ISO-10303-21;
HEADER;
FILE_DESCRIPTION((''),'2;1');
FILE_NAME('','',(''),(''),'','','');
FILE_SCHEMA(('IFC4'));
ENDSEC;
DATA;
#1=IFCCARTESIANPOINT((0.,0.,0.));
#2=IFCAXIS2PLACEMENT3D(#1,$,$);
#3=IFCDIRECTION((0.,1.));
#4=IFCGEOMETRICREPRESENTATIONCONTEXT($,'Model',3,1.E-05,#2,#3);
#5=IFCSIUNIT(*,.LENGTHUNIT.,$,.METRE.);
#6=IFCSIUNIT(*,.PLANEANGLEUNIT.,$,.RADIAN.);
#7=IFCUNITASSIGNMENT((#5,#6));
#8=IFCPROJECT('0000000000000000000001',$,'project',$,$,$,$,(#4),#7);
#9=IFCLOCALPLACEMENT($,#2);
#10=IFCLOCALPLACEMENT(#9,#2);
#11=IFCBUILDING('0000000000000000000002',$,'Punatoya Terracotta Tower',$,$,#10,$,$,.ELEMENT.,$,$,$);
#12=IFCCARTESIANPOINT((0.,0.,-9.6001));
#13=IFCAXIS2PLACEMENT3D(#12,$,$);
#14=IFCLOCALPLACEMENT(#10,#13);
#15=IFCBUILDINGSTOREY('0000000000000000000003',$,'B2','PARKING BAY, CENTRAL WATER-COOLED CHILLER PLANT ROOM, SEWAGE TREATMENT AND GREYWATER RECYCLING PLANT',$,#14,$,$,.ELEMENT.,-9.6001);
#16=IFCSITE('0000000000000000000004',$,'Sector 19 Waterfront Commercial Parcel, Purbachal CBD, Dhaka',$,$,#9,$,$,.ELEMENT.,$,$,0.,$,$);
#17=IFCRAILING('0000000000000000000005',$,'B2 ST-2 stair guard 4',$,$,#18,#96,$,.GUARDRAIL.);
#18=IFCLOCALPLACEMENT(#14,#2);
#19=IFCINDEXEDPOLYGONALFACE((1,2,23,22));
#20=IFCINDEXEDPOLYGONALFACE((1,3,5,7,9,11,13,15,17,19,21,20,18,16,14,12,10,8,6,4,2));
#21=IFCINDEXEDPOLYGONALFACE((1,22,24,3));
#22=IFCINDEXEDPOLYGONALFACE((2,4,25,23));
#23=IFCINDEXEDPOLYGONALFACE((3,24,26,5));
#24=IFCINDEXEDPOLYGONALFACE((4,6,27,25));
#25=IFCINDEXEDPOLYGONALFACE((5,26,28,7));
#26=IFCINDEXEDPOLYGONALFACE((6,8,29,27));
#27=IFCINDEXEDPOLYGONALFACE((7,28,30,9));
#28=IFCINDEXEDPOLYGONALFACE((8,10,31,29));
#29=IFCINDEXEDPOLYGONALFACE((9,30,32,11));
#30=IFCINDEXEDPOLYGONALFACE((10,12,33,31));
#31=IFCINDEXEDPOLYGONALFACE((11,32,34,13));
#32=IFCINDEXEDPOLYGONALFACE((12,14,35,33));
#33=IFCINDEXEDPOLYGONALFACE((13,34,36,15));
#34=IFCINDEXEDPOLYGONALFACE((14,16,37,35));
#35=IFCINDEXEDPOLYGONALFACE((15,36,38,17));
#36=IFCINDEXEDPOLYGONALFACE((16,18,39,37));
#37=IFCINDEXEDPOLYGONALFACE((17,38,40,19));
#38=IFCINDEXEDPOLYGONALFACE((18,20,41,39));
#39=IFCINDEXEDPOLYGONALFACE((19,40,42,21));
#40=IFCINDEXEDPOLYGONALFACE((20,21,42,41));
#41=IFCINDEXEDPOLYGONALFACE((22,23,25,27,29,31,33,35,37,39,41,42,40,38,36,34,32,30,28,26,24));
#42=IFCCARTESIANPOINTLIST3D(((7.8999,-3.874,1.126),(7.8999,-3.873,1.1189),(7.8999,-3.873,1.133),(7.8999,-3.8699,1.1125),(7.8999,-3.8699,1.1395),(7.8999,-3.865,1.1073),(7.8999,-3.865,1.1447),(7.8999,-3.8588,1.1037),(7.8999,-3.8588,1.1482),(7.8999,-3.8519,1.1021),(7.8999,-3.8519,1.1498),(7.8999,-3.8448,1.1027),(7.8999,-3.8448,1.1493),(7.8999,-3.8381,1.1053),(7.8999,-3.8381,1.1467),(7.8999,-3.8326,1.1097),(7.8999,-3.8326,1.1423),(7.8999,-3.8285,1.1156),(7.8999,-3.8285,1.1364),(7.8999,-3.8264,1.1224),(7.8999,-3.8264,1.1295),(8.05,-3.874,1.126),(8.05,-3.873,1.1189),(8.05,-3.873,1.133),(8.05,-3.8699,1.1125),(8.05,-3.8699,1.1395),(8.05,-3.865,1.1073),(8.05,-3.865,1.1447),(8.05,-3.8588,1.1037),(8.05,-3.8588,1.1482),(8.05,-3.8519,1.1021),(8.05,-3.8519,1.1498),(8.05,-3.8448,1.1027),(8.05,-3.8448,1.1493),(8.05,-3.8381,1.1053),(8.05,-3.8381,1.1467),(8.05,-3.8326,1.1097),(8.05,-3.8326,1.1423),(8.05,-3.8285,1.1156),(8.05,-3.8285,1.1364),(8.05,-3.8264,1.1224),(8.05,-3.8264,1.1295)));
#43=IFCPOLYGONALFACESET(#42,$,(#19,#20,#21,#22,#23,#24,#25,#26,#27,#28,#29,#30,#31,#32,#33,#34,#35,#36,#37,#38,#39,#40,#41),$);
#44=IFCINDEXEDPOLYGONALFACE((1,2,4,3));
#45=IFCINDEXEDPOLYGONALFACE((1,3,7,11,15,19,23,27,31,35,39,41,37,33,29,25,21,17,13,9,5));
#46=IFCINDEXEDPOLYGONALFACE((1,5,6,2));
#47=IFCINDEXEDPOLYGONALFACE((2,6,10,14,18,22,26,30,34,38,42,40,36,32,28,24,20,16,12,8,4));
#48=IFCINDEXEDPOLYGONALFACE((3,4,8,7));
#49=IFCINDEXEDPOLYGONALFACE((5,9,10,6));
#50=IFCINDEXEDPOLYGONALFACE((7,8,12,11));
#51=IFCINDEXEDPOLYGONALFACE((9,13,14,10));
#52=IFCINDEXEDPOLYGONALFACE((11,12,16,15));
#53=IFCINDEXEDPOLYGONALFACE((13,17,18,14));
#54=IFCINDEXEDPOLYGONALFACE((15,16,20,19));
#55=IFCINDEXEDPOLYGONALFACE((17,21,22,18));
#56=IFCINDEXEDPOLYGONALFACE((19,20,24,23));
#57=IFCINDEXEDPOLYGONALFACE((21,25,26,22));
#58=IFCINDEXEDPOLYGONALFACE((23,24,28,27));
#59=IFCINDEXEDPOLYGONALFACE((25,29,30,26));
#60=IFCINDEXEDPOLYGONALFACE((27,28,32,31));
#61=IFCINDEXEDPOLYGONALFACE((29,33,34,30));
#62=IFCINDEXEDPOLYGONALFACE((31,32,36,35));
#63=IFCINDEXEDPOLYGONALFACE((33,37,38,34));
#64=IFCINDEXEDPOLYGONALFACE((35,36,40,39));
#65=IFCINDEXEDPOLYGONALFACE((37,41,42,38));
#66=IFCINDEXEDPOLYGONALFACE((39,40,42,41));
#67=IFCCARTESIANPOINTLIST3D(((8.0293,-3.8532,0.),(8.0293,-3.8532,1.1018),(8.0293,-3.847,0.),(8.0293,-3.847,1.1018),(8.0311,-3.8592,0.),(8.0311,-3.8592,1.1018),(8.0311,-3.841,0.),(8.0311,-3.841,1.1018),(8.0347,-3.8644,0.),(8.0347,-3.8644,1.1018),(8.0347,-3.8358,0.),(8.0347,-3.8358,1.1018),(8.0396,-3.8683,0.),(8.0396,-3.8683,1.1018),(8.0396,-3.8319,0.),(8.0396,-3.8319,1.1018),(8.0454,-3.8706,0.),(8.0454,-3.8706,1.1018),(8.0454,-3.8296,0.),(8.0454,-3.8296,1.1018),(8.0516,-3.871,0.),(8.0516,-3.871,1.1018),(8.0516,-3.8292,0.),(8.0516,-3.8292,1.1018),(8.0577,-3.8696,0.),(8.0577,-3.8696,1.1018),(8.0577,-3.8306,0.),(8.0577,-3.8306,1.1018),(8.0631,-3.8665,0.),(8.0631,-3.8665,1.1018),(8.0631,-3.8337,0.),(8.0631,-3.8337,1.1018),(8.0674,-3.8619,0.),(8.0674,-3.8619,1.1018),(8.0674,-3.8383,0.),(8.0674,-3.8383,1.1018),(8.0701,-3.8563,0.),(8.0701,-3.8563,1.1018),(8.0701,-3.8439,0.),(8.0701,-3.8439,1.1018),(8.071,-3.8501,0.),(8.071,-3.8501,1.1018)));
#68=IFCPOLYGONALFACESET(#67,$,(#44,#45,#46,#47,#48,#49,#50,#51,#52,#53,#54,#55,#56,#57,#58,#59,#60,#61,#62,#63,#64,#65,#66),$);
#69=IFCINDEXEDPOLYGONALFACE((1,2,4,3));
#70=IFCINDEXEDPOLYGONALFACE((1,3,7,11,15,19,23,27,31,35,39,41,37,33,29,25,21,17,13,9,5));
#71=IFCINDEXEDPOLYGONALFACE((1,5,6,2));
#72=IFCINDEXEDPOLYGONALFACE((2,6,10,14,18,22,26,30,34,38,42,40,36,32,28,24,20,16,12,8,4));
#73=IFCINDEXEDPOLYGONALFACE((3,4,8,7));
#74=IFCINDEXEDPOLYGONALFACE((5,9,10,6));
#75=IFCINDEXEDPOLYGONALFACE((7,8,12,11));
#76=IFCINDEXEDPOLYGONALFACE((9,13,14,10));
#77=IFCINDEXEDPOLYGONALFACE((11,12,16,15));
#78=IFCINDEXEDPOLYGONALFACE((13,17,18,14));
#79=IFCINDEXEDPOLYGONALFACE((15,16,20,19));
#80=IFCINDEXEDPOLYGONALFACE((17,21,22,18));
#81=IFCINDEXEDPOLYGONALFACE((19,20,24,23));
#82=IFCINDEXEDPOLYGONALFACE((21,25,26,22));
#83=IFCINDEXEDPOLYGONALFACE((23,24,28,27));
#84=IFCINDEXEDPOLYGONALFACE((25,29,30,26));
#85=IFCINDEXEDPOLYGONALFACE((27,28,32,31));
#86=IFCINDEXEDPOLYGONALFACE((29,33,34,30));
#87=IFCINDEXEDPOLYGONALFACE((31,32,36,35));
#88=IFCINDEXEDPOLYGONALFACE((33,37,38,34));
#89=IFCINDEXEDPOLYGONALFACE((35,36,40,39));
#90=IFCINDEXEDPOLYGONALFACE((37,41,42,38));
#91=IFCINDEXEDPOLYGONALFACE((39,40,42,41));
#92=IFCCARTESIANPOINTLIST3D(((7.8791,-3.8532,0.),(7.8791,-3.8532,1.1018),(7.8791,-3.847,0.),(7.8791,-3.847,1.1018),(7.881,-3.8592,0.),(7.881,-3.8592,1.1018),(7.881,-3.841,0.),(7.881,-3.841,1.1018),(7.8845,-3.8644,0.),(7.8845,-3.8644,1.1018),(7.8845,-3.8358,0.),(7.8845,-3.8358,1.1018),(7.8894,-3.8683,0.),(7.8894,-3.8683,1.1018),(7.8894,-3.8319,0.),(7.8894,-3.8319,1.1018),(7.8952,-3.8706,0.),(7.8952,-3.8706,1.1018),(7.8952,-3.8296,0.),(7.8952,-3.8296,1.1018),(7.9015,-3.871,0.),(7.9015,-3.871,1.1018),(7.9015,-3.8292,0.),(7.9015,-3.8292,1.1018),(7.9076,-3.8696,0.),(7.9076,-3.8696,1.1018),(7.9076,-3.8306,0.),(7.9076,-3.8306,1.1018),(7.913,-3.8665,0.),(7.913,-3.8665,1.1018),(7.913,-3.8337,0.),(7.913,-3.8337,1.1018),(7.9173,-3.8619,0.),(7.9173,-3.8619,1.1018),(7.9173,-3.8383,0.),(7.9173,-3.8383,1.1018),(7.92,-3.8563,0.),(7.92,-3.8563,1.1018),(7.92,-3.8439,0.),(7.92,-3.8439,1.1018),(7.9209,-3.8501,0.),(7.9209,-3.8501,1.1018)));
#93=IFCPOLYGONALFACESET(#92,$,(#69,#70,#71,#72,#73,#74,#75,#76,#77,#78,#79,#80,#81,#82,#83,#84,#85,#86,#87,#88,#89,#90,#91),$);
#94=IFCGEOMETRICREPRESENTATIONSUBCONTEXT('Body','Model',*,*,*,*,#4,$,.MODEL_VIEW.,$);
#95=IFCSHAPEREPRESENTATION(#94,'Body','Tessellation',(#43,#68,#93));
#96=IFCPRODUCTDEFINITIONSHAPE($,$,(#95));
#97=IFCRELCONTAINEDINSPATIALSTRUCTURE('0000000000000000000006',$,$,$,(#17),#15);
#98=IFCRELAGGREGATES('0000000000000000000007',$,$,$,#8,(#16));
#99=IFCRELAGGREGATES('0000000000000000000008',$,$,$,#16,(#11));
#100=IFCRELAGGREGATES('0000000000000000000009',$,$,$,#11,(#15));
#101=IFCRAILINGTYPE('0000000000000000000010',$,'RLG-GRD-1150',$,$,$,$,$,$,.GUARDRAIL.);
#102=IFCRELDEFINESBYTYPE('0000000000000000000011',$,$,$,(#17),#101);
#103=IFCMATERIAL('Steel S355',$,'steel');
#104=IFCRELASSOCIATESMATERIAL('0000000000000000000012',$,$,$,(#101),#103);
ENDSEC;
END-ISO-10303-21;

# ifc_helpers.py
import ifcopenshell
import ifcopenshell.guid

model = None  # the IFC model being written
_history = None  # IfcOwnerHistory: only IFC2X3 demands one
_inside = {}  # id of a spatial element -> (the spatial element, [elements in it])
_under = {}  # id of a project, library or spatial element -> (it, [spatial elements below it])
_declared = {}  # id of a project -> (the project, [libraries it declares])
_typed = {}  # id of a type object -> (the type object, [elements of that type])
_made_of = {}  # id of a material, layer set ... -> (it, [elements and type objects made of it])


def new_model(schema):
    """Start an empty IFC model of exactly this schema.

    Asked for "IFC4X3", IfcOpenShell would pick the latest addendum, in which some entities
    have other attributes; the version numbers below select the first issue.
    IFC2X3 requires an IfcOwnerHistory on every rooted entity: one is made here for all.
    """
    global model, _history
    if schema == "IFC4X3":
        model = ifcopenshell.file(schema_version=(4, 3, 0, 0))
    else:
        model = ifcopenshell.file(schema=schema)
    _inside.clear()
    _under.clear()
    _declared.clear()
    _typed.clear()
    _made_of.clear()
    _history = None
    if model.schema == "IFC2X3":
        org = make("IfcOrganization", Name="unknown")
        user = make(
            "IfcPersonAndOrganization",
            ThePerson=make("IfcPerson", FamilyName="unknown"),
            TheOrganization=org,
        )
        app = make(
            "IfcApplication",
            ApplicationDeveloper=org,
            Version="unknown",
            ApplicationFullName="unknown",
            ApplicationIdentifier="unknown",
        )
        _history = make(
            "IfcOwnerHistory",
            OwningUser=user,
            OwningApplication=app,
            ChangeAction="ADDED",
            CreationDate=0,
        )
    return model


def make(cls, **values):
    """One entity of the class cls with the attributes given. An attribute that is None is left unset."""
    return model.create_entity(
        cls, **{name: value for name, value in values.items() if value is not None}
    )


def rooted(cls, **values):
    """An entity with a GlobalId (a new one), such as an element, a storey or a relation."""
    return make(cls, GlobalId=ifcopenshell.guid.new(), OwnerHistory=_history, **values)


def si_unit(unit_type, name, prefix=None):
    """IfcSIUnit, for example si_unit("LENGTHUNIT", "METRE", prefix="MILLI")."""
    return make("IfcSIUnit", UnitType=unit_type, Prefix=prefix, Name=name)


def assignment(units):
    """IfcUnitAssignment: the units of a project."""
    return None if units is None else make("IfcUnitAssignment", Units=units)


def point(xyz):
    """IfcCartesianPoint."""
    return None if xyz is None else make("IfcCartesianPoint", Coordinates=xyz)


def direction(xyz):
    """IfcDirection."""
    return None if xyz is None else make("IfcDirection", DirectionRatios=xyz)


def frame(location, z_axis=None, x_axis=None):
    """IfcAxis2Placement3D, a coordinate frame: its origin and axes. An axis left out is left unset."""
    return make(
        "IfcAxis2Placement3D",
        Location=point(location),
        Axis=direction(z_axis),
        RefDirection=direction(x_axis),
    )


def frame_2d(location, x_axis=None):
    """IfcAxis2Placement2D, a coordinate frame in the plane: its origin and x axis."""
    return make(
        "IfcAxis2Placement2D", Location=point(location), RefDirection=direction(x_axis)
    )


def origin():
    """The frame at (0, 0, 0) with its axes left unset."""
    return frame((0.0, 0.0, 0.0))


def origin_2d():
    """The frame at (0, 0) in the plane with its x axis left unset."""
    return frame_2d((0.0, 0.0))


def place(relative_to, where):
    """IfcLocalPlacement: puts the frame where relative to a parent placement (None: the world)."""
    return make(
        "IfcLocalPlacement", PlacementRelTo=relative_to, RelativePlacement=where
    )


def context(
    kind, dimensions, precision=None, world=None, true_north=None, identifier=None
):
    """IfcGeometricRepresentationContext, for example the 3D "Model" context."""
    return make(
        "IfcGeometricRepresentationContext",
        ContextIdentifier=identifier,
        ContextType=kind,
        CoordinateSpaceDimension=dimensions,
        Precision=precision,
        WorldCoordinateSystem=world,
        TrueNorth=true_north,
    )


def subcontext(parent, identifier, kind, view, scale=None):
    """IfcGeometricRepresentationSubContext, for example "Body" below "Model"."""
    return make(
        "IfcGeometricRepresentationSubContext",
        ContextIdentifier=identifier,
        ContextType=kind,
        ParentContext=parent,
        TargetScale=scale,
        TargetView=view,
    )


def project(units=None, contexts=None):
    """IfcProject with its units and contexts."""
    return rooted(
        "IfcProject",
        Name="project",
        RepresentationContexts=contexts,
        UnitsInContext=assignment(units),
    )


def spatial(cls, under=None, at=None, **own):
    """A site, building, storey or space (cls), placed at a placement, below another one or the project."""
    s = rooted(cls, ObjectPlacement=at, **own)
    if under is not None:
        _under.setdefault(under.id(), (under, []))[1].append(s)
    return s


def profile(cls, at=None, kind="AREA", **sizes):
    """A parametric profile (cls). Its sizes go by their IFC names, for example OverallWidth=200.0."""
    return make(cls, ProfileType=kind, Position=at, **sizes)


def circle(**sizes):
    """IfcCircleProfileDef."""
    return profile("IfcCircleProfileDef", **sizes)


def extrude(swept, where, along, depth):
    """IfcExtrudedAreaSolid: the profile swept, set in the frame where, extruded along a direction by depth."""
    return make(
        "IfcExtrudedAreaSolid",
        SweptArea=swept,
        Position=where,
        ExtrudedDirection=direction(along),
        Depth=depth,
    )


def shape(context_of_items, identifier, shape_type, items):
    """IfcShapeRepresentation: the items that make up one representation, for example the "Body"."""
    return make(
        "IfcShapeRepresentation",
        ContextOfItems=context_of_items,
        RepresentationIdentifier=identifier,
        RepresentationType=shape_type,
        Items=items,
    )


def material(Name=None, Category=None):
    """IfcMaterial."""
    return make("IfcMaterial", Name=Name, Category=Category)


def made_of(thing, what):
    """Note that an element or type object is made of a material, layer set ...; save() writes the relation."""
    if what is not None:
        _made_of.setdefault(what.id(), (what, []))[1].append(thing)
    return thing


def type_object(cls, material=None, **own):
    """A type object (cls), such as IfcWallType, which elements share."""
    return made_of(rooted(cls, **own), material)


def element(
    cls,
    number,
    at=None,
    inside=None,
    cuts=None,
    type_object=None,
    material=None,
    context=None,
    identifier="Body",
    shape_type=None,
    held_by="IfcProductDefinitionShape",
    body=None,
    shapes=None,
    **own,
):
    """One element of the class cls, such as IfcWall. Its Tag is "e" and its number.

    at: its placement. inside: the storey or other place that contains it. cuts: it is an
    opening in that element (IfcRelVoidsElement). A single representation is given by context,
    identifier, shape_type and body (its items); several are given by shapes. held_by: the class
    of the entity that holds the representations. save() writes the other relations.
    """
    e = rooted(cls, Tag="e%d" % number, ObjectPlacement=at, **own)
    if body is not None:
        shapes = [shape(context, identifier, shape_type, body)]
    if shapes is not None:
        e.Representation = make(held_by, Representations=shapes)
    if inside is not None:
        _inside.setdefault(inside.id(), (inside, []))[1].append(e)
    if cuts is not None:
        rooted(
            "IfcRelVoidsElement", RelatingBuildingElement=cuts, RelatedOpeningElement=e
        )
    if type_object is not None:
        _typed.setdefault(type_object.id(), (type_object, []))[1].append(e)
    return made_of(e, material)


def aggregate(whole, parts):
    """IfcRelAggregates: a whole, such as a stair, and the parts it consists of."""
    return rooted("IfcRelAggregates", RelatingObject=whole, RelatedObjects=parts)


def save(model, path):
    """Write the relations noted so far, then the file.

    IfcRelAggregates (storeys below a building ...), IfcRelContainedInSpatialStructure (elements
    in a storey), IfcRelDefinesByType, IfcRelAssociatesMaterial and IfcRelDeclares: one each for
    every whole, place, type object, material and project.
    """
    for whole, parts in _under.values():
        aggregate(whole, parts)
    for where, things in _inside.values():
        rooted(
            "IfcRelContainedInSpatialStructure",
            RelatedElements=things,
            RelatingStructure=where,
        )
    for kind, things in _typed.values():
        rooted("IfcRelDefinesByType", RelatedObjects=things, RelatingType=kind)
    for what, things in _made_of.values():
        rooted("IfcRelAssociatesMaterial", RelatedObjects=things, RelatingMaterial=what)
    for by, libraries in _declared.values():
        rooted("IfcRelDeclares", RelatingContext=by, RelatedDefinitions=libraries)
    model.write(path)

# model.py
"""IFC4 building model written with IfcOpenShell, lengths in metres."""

from ifc_helpers import new_model, si_unit, direction, frame, origin, origin_2d, place, context, subcontext, project, spatial, circle, extrude, material, type_object, element, save


model = new_model("IFC4")

# Units and contexts
model_context = context("Model", 3, precision=1e-05, world=origin(), true_north=direction((0.0, 1.0)))
body_context = subcontext(model_context, "Body", "Model", "MODEL_VIEW")
ifc_project = project(units=[si_unit("LENGTHUNIT", "METRE"), si_unit("PLANEANGLEUNIT", "RADIAN")], contexts=[model_context])

# Site, building, storey
site_placement = place(None, origin())
site = spatial("IfcSite", under=ifc_project, at=site_placement, Name="Sector 19 Waterfront Commercial Parcel, Purbachal CBD, Dhaka", CompositionType="ELEMENT", RefElevation=0.0)
building_placement = place(site_placement, origin())
building = spatial("IfcBuilding", under=site, at=building_placement, Name="Punatoya Terracotta Tower", CompositionType="ELEMENT")
storey_placement = place(building_placement, frame((0.0, 0.0, -9.6001)))
storey = spatial("IfcBuildingStorey", under=building, at=storey_placement, Name="B2", Description="PARKING BAY, CENTRAL WATER-COOLED CHILLER PLANT ROOM, SEWAGE TREATMENT AND GREYWATER RECYCLING PLANT", CompositionType="ELEMENT", Elevation=-9.6001)

# Railing
ifc_material_1 = material(Name="Steel S355", Category="steel")
railing_type_1 = type_object("IfcRailingType", Name="RLG-GRD-1150", PredefinedType="GUARDRAIL", material=ifc_material_1)
railing_1_placement = place(storey_placement, frame((8.05, -3.8501, 0.0)))
element("IfcRailing", 1, at=railing_1_placement, inside=storey, type_object=railing_type_1, Name="B2 ST-2 stair guard 4", PredefinedType="GUARDRAIL", context=body_context, shape_type="SweptSolid", body=[
    extrude(circle(Radius=0.0239, at=origin_2d()), frame((0.0, 0.0, 1.126), z_axis=(-1.0, 0.0, 0.0), x_axis=(0.0, -1.0, 0.0)), (0.0, 0.0, 1.0), 0.1501),
    extrude(circle(Radius=0.021, at=origin_2d()), origin(), (0.0, 0.0, 1.0), 1.1018),
    extrude(circle(Radius=0.021, at=origin_2d()), frame((-0.1501, 0.0, 0.0)), (0.0, 0.0, 1.0), 1.1018),
])

save(model, "model.ifc")
